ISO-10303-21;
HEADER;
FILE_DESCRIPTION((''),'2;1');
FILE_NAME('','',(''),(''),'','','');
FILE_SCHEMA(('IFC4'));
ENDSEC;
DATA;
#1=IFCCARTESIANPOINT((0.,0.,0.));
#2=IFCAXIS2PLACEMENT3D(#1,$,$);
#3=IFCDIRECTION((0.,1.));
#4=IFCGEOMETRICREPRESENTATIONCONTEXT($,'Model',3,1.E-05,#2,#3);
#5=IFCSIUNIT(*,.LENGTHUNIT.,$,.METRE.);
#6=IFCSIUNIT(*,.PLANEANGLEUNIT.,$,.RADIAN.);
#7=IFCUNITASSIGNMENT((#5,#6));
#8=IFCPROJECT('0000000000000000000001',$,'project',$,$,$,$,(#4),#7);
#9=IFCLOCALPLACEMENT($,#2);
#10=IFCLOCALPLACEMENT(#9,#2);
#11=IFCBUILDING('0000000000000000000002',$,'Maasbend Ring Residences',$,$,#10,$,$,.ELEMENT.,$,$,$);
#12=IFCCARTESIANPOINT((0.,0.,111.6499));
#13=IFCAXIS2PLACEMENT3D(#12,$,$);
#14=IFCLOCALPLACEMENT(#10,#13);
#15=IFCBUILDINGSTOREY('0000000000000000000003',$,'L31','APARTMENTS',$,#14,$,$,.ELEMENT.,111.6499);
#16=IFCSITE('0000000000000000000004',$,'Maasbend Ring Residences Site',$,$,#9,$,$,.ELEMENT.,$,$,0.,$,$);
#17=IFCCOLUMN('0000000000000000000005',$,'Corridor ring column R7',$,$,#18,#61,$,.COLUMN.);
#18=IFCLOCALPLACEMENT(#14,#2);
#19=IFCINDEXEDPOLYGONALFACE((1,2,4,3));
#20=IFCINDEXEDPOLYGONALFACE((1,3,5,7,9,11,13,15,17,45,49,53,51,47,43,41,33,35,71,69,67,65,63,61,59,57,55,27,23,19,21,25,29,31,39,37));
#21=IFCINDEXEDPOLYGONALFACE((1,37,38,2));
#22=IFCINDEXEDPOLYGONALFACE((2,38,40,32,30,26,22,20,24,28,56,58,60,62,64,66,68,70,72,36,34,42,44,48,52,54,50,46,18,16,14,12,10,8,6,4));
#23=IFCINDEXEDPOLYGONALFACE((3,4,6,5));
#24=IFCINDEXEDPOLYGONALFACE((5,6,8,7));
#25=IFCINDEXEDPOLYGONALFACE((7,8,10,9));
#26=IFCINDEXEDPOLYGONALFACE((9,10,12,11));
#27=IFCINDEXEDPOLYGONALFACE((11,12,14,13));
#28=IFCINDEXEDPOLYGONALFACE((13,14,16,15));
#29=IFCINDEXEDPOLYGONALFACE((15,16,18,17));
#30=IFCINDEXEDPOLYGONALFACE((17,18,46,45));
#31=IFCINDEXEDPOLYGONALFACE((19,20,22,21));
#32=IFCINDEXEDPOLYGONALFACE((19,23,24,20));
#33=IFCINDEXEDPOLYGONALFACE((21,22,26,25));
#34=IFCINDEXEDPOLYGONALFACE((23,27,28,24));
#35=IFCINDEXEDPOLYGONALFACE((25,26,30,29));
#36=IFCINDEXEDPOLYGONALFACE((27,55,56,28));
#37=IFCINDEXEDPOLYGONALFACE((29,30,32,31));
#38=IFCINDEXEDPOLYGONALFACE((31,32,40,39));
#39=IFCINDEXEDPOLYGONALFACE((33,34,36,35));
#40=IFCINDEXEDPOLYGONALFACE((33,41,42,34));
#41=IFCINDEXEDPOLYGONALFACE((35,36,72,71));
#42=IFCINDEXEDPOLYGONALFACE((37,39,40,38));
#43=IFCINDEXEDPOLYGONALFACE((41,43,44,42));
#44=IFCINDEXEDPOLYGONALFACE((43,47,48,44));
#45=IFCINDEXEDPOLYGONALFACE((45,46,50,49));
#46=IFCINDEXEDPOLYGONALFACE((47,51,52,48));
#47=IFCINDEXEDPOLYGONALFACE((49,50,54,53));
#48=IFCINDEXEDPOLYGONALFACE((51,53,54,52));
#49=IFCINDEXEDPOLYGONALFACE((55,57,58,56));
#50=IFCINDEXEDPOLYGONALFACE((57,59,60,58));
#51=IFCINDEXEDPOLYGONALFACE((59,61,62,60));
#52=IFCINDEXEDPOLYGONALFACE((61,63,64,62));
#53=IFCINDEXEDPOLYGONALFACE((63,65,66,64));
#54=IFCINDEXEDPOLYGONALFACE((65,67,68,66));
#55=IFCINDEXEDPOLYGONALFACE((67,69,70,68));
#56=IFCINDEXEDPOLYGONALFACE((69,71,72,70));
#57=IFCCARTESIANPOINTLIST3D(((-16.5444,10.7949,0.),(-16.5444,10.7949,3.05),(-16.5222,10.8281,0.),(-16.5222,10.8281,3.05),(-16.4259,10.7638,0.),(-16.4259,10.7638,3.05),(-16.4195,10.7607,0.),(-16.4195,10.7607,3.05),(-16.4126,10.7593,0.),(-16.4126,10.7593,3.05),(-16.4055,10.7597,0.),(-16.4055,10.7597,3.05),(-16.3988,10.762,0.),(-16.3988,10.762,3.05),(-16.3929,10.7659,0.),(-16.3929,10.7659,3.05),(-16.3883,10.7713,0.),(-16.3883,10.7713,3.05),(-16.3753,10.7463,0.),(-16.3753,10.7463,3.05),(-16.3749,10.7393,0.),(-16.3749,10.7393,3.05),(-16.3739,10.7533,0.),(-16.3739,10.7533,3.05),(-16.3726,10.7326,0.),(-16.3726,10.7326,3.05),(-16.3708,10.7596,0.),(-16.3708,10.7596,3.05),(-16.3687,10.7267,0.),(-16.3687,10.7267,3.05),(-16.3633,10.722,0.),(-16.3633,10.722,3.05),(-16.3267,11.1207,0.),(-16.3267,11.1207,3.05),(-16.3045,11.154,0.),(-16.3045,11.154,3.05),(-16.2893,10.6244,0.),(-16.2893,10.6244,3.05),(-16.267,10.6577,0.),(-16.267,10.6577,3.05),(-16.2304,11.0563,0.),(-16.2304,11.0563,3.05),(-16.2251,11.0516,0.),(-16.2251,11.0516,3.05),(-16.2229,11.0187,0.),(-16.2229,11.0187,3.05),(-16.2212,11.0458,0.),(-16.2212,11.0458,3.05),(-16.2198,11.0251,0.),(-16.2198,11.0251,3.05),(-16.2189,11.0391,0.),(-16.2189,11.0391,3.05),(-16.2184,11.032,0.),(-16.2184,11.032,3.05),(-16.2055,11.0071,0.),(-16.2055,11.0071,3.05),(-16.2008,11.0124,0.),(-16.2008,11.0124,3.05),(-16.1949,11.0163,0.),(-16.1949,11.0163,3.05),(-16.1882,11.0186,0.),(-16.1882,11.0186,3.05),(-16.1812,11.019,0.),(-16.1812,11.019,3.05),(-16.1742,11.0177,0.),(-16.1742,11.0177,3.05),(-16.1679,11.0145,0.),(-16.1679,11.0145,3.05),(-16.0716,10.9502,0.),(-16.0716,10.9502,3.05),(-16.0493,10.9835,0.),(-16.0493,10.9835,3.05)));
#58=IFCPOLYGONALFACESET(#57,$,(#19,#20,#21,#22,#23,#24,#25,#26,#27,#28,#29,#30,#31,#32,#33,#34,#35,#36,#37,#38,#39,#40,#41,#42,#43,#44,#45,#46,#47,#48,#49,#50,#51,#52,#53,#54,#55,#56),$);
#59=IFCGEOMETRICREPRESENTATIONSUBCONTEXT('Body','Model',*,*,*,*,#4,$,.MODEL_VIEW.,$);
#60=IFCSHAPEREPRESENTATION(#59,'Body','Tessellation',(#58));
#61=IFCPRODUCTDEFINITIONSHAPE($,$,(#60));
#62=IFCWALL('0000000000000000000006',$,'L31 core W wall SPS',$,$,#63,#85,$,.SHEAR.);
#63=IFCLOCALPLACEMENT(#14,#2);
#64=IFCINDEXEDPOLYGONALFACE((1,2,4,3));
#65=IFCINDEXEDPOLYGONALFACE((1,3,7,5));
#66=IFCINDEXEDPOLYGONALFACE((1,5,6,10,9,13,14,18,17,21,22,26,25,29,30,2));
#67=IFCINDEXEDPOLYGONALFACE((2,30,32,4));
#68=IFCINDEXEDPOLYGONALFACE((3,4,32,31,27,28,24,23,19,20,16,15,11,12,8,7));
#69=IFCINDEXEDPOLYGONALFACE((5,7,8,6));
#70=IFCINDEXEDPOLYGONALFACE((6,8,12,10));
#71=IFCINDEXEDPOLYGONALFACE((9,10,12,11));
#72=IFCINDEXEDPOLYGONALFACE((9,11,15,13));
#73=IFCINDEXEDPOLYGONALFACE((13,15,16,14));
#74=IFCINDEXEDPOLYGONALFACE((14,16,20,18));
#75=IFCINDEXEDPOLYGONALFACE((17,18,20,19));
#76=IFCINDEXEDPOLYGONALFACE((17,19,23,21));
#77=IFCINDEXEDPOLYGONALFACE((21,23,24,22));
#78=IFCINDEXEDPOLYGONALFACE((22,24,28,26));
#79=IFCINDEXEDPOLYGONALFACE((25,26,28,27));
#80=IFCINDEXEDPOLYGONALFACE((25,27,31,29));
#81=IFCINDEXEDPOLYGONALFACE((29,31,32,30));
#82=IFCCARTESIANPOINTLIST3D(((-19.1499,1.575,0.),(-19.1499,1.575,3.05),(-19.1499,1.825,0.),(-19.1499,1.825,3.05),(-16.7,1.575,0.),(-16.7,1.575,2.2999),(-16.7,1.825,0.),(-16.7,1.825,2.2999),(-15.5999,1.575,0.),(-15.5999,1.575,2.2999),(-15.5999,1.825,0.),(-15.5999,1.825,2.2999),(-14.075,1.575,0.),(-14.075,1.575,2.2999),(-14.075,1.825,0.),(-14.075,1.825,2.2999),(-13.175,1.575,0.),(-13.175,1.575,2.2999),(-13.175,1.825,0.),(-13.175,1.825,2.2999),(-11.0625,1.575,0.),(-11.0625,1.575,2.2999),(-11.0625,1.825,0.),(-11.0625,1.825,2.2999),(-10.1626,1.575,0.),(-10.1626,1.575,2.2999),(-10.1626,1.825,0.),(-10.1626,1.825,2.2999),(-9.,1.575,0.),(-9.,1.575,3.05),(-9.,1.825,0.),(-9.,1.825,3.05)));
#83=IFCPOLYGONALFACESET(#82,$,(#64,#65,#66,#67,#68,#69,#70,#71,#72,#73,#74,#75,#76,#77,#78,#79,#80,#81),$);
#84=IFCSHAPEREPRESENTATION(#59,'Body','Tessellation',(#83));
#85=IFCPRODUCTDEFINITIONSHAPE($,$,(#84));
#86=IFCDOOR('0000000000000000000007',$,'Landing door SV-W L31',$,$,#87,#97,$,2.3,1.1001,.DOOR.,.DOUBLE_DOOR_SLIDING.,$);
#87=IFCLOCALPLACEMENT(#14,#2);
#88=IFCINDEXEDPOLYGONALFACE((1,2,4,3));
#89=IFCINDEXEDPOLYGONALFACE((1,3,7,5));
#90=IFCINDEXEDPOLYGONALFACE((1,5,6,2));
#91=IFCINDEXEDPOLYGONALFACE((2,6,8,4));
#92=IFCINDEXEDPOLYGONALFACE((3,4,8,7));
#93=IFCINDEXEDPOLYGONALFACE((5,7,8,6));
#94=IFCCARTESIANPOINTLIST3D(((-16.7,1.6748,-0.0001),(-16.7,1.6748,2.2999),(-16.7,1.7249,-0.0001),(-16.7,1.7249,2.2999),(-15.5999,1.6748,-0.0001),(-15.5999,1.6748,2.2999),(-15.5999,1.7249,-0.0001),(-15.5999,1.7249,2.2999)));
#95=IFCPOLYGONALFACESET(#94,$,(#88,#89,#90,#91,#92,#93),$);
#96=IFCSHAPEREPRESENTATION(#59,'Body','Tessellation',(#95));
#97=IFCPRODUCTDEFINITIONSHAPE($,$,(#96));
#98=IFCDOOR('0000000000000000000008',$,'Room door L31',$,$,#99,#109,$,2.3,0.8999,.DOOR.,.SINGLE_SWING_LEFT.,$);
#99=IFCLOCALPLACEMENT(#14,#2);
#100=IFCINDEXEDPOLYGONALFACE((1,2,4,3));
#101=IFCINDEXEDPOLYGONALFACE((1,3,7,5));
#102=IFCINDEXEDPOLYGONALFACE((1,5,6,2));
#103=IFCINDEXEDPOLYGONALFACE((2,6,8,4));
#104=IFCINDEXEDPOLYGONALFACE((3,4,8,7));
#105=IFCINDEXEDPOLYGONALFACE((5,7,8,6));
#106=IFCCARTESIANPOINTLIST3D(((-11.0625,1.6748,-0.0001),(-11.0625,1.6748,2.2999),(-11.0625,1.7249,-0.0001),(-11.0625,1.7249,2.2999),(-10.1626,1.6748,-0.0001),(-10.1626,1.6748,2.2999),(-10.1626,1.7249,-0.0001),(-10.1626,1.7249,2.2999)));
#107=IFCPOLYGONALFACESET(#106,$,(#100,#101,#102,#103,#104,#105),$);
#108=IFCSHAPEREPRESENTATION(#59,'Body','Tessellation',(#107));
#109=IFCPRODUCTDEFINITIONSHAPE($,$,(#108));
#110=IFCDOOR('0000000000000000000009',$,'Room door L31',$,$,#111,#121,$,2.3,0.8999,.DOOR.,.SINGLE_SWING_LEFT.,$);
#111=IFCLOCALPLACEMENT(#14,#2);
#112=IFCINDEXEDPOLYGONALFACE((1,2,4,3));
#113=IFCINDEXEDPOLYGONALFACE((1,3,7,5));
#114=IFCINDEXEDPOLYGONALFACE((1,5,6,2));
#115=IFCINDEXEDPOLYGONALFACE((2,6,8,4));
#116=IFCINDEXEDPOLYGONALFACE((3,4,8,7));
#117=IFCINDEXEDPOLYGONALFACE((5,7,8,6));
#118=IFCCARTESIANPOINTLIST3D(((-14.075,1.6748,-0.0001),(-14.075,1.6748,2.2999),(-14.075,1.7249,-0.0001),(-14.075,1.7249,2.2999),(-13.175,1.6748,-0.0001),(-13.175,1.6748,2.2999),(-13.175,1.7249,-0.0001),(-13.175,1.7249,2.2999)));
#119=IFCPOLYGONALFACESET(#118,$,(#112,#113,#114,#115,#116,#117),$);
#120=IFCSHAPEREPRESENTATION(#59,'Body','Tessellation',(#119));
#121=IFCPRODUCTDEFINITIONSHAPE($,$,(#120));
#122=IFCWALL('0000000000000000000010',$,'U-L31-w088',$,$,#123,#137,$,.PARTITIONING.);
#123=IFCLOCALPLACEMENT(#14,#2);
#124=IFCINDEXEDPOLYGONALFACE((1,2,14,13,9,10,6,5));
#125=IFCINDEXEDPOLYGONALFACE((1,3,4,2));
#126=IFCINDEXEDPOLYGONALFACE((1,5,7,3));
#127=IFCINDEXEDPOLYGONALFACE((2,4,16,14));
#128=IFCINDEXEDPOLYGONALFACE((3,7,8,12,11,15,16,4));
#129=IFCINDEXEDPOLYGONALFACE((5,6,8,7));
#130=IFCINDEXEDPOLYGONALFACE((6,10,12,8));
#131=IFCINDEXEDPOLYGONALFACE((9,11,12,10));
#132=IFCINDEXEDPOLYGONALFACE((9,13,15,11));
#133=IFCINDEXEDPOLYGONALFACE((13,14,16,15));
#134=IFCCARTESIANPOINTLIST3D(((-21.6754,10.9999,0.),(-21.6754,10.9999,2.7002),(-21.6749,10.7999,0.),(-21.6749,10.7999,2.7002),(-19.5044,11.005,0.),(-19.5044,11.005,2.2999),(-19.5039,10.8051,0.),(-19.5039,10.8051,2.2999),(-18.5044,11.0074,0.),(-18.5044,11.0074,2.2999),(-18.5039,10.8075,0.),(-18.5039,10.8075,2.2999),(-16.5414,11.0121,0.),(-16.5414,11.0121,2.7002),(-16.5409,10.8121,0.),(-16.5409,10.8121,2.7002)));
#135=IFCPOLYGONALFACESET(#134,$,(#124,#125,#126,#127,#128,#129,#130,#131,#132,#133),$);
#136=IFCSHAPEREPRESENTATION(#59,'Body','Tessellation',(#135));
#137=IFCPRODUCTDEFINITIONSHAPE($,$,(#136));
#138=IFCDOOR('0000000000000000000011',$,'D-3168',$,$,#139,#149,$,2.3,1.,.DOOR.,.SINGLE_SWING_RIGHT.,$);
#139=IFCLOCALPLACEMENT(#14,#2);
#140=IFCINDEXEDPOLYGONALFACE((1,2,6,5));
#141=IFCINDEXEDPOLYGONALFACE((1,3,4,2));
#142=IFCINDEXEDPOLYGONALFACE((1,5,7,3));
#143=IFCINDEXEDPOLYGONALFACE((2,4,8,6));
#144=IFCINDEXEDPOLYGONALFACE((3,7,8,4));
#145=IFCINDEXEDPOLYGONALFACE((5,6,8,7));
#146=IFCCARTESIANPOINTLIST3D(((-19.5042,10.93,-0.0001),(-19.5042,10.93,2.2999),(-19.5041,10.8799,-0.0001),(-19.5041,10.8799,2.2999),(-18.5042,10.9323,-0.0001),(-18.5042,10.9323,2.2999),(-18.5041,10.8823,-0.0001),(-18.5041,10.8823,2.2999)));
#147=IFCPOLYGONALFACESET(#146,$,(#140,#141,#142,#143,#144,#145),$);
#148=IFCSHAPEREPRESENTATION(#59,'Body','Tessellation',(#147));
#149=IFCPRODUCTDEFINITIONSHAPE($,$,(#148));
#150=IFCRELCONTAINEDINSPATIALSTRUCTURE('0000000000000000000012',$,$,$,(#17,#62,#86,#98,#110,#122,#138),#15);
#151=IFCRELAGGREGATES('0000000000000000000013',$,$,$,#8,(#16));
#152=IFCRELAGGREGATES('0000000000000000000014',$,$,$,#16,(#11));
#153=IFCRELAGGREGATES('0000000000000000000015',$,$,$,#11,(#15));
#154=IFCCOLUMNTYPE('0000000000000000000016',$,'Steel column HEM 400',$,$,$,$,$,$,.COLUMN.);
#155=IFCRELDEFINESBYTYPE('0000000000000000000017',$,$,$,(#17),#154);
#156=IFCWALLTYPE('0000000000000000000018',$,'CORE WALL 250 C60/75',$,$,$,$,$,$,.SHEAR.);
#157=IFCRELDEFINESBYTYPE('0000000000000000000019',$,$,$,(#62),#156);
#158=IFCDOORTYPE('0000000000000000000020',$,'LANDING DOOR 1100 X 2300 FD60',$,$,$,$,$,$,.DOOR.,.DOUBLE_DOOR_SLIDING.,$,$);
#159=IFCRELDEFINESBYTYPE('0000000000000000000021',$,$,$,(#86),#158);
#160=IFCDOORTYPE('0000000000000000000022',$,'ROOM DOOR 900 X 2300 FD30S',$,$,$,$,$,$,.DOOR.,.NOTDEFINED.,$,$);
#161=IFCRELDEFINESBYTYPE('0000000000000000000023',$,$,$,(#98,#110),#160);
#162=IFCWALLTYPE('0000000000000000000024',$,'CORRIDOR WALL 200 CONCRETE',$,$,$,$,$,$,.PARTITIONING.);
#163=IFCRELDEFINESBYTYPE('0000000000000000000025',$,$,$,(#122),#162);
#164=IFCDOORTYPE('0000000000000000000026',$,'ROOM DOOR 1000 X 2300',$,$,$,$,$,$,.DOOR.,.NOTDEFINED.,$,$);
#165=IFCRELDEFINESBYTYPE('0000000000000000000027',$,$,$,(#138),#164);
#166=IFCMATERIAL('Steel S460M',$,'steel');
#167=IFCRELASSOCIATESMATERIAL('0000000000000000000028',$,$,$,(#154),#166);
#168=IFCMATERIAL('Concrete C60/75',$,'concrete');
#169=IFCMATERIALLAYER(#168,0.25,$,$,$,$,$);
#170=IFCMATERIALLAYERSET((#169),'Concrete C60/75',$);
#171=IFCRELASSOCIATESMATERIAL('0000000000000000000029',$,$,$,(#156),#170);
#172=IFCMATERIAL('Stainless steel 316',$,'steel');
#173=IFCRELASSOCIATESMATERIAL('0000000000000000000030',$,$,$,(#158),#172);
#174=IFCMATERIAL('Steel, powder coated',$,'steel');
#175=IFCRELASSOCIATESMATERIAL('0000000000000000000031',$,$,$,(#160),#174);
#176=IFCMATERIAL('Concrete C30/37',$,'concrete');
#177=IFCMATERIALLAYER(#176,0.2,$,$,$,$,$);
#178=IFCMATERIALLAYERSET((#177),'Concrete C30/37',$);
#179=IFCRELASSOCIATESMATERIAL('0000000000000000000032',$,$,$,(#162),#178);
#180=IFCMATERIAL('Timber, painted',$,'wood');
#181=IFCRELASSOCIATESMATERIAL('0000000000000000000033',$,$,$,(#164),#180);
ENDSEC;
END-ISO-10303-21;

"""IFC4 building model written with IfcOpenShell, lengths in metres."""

from ifc_helpers import new_model, si_unit, direction, frame, frame_2d, origin, origin_2d, place, context, subcontext, project, spatial, rectangle, i_section, extrude, material, layer, layer_set, material_profile, profile_set, type_object, element, fill, save


model = new_model("IFC4")

# Units and contexts
model_context = context("Model", 3, precision=1e-05, world=origin(), true_north=direction((0.0, 1.0)))
body_context = subcontext(model_context, "Body", "Model", "MODEL_VIEW")
ifc_project = project(units=[si_unit("LENGTHUNIT", "METRE"), si_unit("PLANEANGLEUNIT", "RADIAN")], contexts=[model_context])

# Site, building, storey
site_placement = place(None, origin())
site = spatial("IfcSite", under=ifc_project, at=site_placement, Name="Maasbend Ring Residences Site", CompositionType="ELEMENT", RefElevation=0.0)
building_placement = place(site_placement, origin())
building = spatial("IfcBuilding", under=site, at=building_placement, Name="Maasbend Ring Residences", CompositionType="ELEMENT")
storey_placement = place(building_placement, frame((0.0, 0.0, 111.6499)))
storey = spatial("IfcBuildingStorey", under=building, at=storey_placement, Name="L31", Description="APARTMENTS", CompositionType="ELEMENT", Elevation=111.6499)

# Column
ifc_material_1 = material(Name="Steel S460M", Category="steel")
ifc_material_profile = material_profile(ifc_material_1, i_section(OverallWidth=0.3069, OverallDepth=0.4319, WebThickness=0.021, FlangeThickness=0.04, FilletRadius=0.0271, at=origin_2d()), Name="HEM 400")
ifc_profile_set = profile_set([ifc_material_profile], Name="Steel S460M")
column_type = type_object("IfcColumnType", Name="Steel column HEM 400", PredefinedType="COLUMN", material=ifc_profile_set)
column_placement = place(storey_placement, frame((-16.2969, 10.8892, 0.0), z_axis=(0.0, 0.0, 1.0), x_axis=(-0.83147, 0.55557, 0.0)))
element("IfcColumn", 1, at=column_placement, inside=storey, type_object=column_type, Name="Corridor ring column R7", PredefinedType="COLUMN", context=body_context, shape_type="SweptSolid", body=[
    extrude(i_section(OverallWidth=0.3069, OverallDepth=0.4319, WebThickness=0.021, FlangeThickness=0.04, FilletRadius=0.0271, at=origin_2d()), origin(), (0.0, 0.0, 1.0), 3.05),
])

# Wall, openings, doors
ifc_material_2 = material(Name="Concrete C60/75", Category="concrete")
ifc_layer_1 = layer(ifc_material_2, 0.25)
ifc_layer_set_1 = layer_set([ifc_layer_1], Name="Concrete C60/75")
wall_type_1 = type_object("IfcWallType", Name="CORE WALL 250 C60/75", PredefinedType="SHEAR", material=ifc_layer_set_1)
wall_1_placement = place(storey_placement, frame((-19.1499, 1.7, 0.0), z_axis=(0.0, 0.0, 1.0), x_axis=(1.0, 0.0, 0.0)))
wall_1 = element("IfcWall", 2, at=wall_1_placement, inside=storey, type_object=wall_type_1, Name="L31 core W wall SPS", PredefinedType="SHEAR", context=body_context, shape_type="SweptSolid", body=[
    extrude(rectangle(XDim=10.1499, YDim=0.25, at=frame_2d((5.075, 0.0))), origin(), (0.0, 0.0, 1.0), 3.05),
])
opening_1_placement = place(wall_1_placement, frame((2.45, 0.0, 0.0)))
opening_1 = element("IfcOpeningElement", 3, at=opening_1_placement, cuts=wall_1, PredefinedType="OPENING", context=body_context, shape_type="SweptSolid", body=[
    extrude(rectangle(XDim=1.1001, YDim=2.3, at=frame_2d((0.55, 1.1499))), frame((0.0, 0.135, 0.0), z_axis=(0.0, -1.0, 0.0), x_axis=(1.0, 0.0, 0.0)), (0.0, 0.0, 1.0), 0.27),
])
opening_2_placement = place(wall_1_placement, frame((8.0874, 0.0, 0.0)))
opening_2 = element("IfcOpeningElement", 4, at=opening_2_placement, cuts=wall_1, PredefinedType="OPENING", context=body_context, shape_type="SweptSolid", body=[
    extrude(rectangle(XDim=0.8999, YDim=2.3, at=frame_2d((0.45, 1.1499))), frame((0.0, 0.135, 0.0), z_axis=(0.0, -1.0, 0.0), x_axis=(1.0, 0.0, 0.0)), (0.0, 0.0, 1.0), 0.27),
])
opening_3_placement = place(wall_1_placement, frame((5.075, 0.0, 0.0)))
opening_3 = element("IfcOpeningElement", 5, at=opening_3_placement, cuts=wall_1, PredefinedType="OPENING", context=body_context, shape_type="SweptSolid", body=[
    extrude(rectangle(XDim=0.8999, YDim=2.3, at=frame_2d((0.45, 1.1499))), frame((0.0, 0.135, 0.0), z_axis=(0.0, -1.0, 0.0), x_axis=(1.0, 0.0, 0.0)), (0.0, 0.0, 1.0), 0.27),
])
ifc_material_3 = material(Name="Stainless steel 316", Category="steel")
door_type_1 = type_object("IfcDoorType", Name="LANDING DOOR 1100 X 2300 FD60", OperationType="DOUBLE_DOOR_SLIDING", PredefinedType="DOOR", material=ifc_material_3)
door_1_placement = place(opening_1_placement, origin())
door_1 = element("IfcDoor", 6, at=door_1_placement, inside=storey, type_object=door_type_1, Name="Landing door SV-W L31", OperationType="DOUBLE_DOOR_SLIDING", OverallHeight=2.3, OverallWidth=1.1001, PredefinedType="DOOR", context=body_context, shape_type="SweptSolid", body=[
    extrude(rectangle(XDim=1.1001, YDim=2.3, at=frame_2d((0.55, 1.1499))), frame((0.0, 0.0249, 0.0), z_axis=(0.0, -1.0, 0.0), x_axis=(1.0, 0.0, 0.0)), (0.0, 0.0, 1.0), 0.05),
])
fill(opening_1, door_1)
ifc_material_4 = material(Name="Steel, powder coated", Category="steel")
door_type_2 = type_object("IfcDoorType", Name="ROOM DOOR 900 X 2300 FD30S", OperationType="NOTDEFINED", PredefinedType="DOOR", material=ifc_material_4)
door_2_placement = place(opening_2_placement, origin())
door_2 = element("IfcDoor", 7, at=door_2_placement, inside=storey, type_object=door_type_2, Name="Room door L31", OperationType="SINGLE_SWING_LEFT", OverallHeight=2.3, OverallWidth=0.8999, PredefinedType="DOOR", context=body_context, shape_type="SweptSolid", body=[
    extrude(rectangle(XDim=0.8999, YDim=2.3, at=frame_2d((0.45, 1.1499))), frame((0.0, 0.0249, 0.0), z_axis=(0.0, -1.0, 0.0), x_axis=(1.0, 0.0, 0.0)), (0.0, 0.0, 1.0), 0.05),
])
fill(opening_2, door_2)
door_3_placement = place(opening_3_placement, origin())
door_3 = element("IfcDoor", 8, at=door_3_placement, inside=storey, type_object=door_type_2, Name="Room door L31", OperationType="SINGLE_SWING_LEFT", OverallHeight=2.3, OverallWidth=0.8999, PredefinedType="DOOR", context=body_context, shape_type="SweptSolid", body=[
    extrude(rectangle(XDim=0.8999, YDim=2.3, at=frame_2d((0.45, 1.1499))), frame((0.0, 0.0249, 0.0), z_axis=(0.0, -1.0, 0.0), x_axis=(1.0, 0.0, 0.0)), (0.0, 0.0, 1.0), 0.05),
])
fill(opening_3, door_3)

# Wall, opening, door
ifc_material_5 = material(Name="Concrete C30/37", Category="concrete")
ifc_layer_2 = layer(ifc_material_5, 0.2)
ifc_layer_set_2 = layer_set([ifc_layer_2], Name="Concrete C30/37")
wall_type_2 = type_object("IfcWallType", Name="CORRIDOR WALL 200 CONCRETE", PredefinedType="PARTITIONING", material=ifc_layer_set_2)
wall_2_placement = place(storey_placement, frame((-21.675, 10.8999, 0.0), z_axis=(0.0, 0.0, 1.0), x_axis=(0.999997, 0.002378, 0.0)))
wall_2 = element("IfcWall", 9, at=wall_2_placement, inside=storey, type_object=wall_type_2, Name="U-L31-w088", PredefinedType="PARTITIONING", context=body_context, shape_type="SweptSolid", body=[
    extrude(rectangle(XDim=5.134, YDim=0.2, at=frame_2d((2.5669, 0.0))), origin(), (0.0, 0.0, 1.0), 2.7002),
])
opening_4_placement = place(wall_2_placement, frame((2.1709, 0.0, 0.0)))
opening_4 = element("IfcOpeningElement", 10, at=opening_4_placement, cuts=wall_2, PredefinedType="OPENING", context=body_context, shape_type="SweptSolid", body=[
    extrude(rectangle(XDim=1.0, YDim=2.3, at=frame_2d((0.5, 1.1499))), frame((0.0, 0.1099, 0.0), z_axis=(0.0, -1.0, 0.0), x_axis=(1.0, 0.0, 0.0)), (0.0, 0.0, 1.0), 0.22),
])
ifc_material_6 = material(Name="Timber, painted", Category="wood")
door_type_3 = type_object("IfcDoorType", Name="ROOM DOOR 1000 X 2300", OperationType="NOTDEFINED", PredefinedType="DOOR", material=ifc_material_6)
door_4_placement = place(opening_4_placement, origin())
door_4 = element("IfcDoor", 11, at=door_4_placement, inside=storey, type_object=door_type_3, Name="D-3168", OperationType="SINGLE_SWING_RIGHT", OverallHeight=2.3, OverallWidth=1.0, PredefinedType="DOOR", context=body_context, shape_type="SweptSolid", body=[
    extrude(rectangle(XDim=1.0, YDim=2.3, at=frame_2d((0.5, 1.1499))), frame((0.0, 0.0249, 0.0), z_axis=(0.0, -1.0, 0.0), x_axis=(1.0, 0.0, 0.0)), (0.0, 0.0, 1.0), 0.05),
])
fill(opening_4, door_4)

save(model, "model.ifc")
